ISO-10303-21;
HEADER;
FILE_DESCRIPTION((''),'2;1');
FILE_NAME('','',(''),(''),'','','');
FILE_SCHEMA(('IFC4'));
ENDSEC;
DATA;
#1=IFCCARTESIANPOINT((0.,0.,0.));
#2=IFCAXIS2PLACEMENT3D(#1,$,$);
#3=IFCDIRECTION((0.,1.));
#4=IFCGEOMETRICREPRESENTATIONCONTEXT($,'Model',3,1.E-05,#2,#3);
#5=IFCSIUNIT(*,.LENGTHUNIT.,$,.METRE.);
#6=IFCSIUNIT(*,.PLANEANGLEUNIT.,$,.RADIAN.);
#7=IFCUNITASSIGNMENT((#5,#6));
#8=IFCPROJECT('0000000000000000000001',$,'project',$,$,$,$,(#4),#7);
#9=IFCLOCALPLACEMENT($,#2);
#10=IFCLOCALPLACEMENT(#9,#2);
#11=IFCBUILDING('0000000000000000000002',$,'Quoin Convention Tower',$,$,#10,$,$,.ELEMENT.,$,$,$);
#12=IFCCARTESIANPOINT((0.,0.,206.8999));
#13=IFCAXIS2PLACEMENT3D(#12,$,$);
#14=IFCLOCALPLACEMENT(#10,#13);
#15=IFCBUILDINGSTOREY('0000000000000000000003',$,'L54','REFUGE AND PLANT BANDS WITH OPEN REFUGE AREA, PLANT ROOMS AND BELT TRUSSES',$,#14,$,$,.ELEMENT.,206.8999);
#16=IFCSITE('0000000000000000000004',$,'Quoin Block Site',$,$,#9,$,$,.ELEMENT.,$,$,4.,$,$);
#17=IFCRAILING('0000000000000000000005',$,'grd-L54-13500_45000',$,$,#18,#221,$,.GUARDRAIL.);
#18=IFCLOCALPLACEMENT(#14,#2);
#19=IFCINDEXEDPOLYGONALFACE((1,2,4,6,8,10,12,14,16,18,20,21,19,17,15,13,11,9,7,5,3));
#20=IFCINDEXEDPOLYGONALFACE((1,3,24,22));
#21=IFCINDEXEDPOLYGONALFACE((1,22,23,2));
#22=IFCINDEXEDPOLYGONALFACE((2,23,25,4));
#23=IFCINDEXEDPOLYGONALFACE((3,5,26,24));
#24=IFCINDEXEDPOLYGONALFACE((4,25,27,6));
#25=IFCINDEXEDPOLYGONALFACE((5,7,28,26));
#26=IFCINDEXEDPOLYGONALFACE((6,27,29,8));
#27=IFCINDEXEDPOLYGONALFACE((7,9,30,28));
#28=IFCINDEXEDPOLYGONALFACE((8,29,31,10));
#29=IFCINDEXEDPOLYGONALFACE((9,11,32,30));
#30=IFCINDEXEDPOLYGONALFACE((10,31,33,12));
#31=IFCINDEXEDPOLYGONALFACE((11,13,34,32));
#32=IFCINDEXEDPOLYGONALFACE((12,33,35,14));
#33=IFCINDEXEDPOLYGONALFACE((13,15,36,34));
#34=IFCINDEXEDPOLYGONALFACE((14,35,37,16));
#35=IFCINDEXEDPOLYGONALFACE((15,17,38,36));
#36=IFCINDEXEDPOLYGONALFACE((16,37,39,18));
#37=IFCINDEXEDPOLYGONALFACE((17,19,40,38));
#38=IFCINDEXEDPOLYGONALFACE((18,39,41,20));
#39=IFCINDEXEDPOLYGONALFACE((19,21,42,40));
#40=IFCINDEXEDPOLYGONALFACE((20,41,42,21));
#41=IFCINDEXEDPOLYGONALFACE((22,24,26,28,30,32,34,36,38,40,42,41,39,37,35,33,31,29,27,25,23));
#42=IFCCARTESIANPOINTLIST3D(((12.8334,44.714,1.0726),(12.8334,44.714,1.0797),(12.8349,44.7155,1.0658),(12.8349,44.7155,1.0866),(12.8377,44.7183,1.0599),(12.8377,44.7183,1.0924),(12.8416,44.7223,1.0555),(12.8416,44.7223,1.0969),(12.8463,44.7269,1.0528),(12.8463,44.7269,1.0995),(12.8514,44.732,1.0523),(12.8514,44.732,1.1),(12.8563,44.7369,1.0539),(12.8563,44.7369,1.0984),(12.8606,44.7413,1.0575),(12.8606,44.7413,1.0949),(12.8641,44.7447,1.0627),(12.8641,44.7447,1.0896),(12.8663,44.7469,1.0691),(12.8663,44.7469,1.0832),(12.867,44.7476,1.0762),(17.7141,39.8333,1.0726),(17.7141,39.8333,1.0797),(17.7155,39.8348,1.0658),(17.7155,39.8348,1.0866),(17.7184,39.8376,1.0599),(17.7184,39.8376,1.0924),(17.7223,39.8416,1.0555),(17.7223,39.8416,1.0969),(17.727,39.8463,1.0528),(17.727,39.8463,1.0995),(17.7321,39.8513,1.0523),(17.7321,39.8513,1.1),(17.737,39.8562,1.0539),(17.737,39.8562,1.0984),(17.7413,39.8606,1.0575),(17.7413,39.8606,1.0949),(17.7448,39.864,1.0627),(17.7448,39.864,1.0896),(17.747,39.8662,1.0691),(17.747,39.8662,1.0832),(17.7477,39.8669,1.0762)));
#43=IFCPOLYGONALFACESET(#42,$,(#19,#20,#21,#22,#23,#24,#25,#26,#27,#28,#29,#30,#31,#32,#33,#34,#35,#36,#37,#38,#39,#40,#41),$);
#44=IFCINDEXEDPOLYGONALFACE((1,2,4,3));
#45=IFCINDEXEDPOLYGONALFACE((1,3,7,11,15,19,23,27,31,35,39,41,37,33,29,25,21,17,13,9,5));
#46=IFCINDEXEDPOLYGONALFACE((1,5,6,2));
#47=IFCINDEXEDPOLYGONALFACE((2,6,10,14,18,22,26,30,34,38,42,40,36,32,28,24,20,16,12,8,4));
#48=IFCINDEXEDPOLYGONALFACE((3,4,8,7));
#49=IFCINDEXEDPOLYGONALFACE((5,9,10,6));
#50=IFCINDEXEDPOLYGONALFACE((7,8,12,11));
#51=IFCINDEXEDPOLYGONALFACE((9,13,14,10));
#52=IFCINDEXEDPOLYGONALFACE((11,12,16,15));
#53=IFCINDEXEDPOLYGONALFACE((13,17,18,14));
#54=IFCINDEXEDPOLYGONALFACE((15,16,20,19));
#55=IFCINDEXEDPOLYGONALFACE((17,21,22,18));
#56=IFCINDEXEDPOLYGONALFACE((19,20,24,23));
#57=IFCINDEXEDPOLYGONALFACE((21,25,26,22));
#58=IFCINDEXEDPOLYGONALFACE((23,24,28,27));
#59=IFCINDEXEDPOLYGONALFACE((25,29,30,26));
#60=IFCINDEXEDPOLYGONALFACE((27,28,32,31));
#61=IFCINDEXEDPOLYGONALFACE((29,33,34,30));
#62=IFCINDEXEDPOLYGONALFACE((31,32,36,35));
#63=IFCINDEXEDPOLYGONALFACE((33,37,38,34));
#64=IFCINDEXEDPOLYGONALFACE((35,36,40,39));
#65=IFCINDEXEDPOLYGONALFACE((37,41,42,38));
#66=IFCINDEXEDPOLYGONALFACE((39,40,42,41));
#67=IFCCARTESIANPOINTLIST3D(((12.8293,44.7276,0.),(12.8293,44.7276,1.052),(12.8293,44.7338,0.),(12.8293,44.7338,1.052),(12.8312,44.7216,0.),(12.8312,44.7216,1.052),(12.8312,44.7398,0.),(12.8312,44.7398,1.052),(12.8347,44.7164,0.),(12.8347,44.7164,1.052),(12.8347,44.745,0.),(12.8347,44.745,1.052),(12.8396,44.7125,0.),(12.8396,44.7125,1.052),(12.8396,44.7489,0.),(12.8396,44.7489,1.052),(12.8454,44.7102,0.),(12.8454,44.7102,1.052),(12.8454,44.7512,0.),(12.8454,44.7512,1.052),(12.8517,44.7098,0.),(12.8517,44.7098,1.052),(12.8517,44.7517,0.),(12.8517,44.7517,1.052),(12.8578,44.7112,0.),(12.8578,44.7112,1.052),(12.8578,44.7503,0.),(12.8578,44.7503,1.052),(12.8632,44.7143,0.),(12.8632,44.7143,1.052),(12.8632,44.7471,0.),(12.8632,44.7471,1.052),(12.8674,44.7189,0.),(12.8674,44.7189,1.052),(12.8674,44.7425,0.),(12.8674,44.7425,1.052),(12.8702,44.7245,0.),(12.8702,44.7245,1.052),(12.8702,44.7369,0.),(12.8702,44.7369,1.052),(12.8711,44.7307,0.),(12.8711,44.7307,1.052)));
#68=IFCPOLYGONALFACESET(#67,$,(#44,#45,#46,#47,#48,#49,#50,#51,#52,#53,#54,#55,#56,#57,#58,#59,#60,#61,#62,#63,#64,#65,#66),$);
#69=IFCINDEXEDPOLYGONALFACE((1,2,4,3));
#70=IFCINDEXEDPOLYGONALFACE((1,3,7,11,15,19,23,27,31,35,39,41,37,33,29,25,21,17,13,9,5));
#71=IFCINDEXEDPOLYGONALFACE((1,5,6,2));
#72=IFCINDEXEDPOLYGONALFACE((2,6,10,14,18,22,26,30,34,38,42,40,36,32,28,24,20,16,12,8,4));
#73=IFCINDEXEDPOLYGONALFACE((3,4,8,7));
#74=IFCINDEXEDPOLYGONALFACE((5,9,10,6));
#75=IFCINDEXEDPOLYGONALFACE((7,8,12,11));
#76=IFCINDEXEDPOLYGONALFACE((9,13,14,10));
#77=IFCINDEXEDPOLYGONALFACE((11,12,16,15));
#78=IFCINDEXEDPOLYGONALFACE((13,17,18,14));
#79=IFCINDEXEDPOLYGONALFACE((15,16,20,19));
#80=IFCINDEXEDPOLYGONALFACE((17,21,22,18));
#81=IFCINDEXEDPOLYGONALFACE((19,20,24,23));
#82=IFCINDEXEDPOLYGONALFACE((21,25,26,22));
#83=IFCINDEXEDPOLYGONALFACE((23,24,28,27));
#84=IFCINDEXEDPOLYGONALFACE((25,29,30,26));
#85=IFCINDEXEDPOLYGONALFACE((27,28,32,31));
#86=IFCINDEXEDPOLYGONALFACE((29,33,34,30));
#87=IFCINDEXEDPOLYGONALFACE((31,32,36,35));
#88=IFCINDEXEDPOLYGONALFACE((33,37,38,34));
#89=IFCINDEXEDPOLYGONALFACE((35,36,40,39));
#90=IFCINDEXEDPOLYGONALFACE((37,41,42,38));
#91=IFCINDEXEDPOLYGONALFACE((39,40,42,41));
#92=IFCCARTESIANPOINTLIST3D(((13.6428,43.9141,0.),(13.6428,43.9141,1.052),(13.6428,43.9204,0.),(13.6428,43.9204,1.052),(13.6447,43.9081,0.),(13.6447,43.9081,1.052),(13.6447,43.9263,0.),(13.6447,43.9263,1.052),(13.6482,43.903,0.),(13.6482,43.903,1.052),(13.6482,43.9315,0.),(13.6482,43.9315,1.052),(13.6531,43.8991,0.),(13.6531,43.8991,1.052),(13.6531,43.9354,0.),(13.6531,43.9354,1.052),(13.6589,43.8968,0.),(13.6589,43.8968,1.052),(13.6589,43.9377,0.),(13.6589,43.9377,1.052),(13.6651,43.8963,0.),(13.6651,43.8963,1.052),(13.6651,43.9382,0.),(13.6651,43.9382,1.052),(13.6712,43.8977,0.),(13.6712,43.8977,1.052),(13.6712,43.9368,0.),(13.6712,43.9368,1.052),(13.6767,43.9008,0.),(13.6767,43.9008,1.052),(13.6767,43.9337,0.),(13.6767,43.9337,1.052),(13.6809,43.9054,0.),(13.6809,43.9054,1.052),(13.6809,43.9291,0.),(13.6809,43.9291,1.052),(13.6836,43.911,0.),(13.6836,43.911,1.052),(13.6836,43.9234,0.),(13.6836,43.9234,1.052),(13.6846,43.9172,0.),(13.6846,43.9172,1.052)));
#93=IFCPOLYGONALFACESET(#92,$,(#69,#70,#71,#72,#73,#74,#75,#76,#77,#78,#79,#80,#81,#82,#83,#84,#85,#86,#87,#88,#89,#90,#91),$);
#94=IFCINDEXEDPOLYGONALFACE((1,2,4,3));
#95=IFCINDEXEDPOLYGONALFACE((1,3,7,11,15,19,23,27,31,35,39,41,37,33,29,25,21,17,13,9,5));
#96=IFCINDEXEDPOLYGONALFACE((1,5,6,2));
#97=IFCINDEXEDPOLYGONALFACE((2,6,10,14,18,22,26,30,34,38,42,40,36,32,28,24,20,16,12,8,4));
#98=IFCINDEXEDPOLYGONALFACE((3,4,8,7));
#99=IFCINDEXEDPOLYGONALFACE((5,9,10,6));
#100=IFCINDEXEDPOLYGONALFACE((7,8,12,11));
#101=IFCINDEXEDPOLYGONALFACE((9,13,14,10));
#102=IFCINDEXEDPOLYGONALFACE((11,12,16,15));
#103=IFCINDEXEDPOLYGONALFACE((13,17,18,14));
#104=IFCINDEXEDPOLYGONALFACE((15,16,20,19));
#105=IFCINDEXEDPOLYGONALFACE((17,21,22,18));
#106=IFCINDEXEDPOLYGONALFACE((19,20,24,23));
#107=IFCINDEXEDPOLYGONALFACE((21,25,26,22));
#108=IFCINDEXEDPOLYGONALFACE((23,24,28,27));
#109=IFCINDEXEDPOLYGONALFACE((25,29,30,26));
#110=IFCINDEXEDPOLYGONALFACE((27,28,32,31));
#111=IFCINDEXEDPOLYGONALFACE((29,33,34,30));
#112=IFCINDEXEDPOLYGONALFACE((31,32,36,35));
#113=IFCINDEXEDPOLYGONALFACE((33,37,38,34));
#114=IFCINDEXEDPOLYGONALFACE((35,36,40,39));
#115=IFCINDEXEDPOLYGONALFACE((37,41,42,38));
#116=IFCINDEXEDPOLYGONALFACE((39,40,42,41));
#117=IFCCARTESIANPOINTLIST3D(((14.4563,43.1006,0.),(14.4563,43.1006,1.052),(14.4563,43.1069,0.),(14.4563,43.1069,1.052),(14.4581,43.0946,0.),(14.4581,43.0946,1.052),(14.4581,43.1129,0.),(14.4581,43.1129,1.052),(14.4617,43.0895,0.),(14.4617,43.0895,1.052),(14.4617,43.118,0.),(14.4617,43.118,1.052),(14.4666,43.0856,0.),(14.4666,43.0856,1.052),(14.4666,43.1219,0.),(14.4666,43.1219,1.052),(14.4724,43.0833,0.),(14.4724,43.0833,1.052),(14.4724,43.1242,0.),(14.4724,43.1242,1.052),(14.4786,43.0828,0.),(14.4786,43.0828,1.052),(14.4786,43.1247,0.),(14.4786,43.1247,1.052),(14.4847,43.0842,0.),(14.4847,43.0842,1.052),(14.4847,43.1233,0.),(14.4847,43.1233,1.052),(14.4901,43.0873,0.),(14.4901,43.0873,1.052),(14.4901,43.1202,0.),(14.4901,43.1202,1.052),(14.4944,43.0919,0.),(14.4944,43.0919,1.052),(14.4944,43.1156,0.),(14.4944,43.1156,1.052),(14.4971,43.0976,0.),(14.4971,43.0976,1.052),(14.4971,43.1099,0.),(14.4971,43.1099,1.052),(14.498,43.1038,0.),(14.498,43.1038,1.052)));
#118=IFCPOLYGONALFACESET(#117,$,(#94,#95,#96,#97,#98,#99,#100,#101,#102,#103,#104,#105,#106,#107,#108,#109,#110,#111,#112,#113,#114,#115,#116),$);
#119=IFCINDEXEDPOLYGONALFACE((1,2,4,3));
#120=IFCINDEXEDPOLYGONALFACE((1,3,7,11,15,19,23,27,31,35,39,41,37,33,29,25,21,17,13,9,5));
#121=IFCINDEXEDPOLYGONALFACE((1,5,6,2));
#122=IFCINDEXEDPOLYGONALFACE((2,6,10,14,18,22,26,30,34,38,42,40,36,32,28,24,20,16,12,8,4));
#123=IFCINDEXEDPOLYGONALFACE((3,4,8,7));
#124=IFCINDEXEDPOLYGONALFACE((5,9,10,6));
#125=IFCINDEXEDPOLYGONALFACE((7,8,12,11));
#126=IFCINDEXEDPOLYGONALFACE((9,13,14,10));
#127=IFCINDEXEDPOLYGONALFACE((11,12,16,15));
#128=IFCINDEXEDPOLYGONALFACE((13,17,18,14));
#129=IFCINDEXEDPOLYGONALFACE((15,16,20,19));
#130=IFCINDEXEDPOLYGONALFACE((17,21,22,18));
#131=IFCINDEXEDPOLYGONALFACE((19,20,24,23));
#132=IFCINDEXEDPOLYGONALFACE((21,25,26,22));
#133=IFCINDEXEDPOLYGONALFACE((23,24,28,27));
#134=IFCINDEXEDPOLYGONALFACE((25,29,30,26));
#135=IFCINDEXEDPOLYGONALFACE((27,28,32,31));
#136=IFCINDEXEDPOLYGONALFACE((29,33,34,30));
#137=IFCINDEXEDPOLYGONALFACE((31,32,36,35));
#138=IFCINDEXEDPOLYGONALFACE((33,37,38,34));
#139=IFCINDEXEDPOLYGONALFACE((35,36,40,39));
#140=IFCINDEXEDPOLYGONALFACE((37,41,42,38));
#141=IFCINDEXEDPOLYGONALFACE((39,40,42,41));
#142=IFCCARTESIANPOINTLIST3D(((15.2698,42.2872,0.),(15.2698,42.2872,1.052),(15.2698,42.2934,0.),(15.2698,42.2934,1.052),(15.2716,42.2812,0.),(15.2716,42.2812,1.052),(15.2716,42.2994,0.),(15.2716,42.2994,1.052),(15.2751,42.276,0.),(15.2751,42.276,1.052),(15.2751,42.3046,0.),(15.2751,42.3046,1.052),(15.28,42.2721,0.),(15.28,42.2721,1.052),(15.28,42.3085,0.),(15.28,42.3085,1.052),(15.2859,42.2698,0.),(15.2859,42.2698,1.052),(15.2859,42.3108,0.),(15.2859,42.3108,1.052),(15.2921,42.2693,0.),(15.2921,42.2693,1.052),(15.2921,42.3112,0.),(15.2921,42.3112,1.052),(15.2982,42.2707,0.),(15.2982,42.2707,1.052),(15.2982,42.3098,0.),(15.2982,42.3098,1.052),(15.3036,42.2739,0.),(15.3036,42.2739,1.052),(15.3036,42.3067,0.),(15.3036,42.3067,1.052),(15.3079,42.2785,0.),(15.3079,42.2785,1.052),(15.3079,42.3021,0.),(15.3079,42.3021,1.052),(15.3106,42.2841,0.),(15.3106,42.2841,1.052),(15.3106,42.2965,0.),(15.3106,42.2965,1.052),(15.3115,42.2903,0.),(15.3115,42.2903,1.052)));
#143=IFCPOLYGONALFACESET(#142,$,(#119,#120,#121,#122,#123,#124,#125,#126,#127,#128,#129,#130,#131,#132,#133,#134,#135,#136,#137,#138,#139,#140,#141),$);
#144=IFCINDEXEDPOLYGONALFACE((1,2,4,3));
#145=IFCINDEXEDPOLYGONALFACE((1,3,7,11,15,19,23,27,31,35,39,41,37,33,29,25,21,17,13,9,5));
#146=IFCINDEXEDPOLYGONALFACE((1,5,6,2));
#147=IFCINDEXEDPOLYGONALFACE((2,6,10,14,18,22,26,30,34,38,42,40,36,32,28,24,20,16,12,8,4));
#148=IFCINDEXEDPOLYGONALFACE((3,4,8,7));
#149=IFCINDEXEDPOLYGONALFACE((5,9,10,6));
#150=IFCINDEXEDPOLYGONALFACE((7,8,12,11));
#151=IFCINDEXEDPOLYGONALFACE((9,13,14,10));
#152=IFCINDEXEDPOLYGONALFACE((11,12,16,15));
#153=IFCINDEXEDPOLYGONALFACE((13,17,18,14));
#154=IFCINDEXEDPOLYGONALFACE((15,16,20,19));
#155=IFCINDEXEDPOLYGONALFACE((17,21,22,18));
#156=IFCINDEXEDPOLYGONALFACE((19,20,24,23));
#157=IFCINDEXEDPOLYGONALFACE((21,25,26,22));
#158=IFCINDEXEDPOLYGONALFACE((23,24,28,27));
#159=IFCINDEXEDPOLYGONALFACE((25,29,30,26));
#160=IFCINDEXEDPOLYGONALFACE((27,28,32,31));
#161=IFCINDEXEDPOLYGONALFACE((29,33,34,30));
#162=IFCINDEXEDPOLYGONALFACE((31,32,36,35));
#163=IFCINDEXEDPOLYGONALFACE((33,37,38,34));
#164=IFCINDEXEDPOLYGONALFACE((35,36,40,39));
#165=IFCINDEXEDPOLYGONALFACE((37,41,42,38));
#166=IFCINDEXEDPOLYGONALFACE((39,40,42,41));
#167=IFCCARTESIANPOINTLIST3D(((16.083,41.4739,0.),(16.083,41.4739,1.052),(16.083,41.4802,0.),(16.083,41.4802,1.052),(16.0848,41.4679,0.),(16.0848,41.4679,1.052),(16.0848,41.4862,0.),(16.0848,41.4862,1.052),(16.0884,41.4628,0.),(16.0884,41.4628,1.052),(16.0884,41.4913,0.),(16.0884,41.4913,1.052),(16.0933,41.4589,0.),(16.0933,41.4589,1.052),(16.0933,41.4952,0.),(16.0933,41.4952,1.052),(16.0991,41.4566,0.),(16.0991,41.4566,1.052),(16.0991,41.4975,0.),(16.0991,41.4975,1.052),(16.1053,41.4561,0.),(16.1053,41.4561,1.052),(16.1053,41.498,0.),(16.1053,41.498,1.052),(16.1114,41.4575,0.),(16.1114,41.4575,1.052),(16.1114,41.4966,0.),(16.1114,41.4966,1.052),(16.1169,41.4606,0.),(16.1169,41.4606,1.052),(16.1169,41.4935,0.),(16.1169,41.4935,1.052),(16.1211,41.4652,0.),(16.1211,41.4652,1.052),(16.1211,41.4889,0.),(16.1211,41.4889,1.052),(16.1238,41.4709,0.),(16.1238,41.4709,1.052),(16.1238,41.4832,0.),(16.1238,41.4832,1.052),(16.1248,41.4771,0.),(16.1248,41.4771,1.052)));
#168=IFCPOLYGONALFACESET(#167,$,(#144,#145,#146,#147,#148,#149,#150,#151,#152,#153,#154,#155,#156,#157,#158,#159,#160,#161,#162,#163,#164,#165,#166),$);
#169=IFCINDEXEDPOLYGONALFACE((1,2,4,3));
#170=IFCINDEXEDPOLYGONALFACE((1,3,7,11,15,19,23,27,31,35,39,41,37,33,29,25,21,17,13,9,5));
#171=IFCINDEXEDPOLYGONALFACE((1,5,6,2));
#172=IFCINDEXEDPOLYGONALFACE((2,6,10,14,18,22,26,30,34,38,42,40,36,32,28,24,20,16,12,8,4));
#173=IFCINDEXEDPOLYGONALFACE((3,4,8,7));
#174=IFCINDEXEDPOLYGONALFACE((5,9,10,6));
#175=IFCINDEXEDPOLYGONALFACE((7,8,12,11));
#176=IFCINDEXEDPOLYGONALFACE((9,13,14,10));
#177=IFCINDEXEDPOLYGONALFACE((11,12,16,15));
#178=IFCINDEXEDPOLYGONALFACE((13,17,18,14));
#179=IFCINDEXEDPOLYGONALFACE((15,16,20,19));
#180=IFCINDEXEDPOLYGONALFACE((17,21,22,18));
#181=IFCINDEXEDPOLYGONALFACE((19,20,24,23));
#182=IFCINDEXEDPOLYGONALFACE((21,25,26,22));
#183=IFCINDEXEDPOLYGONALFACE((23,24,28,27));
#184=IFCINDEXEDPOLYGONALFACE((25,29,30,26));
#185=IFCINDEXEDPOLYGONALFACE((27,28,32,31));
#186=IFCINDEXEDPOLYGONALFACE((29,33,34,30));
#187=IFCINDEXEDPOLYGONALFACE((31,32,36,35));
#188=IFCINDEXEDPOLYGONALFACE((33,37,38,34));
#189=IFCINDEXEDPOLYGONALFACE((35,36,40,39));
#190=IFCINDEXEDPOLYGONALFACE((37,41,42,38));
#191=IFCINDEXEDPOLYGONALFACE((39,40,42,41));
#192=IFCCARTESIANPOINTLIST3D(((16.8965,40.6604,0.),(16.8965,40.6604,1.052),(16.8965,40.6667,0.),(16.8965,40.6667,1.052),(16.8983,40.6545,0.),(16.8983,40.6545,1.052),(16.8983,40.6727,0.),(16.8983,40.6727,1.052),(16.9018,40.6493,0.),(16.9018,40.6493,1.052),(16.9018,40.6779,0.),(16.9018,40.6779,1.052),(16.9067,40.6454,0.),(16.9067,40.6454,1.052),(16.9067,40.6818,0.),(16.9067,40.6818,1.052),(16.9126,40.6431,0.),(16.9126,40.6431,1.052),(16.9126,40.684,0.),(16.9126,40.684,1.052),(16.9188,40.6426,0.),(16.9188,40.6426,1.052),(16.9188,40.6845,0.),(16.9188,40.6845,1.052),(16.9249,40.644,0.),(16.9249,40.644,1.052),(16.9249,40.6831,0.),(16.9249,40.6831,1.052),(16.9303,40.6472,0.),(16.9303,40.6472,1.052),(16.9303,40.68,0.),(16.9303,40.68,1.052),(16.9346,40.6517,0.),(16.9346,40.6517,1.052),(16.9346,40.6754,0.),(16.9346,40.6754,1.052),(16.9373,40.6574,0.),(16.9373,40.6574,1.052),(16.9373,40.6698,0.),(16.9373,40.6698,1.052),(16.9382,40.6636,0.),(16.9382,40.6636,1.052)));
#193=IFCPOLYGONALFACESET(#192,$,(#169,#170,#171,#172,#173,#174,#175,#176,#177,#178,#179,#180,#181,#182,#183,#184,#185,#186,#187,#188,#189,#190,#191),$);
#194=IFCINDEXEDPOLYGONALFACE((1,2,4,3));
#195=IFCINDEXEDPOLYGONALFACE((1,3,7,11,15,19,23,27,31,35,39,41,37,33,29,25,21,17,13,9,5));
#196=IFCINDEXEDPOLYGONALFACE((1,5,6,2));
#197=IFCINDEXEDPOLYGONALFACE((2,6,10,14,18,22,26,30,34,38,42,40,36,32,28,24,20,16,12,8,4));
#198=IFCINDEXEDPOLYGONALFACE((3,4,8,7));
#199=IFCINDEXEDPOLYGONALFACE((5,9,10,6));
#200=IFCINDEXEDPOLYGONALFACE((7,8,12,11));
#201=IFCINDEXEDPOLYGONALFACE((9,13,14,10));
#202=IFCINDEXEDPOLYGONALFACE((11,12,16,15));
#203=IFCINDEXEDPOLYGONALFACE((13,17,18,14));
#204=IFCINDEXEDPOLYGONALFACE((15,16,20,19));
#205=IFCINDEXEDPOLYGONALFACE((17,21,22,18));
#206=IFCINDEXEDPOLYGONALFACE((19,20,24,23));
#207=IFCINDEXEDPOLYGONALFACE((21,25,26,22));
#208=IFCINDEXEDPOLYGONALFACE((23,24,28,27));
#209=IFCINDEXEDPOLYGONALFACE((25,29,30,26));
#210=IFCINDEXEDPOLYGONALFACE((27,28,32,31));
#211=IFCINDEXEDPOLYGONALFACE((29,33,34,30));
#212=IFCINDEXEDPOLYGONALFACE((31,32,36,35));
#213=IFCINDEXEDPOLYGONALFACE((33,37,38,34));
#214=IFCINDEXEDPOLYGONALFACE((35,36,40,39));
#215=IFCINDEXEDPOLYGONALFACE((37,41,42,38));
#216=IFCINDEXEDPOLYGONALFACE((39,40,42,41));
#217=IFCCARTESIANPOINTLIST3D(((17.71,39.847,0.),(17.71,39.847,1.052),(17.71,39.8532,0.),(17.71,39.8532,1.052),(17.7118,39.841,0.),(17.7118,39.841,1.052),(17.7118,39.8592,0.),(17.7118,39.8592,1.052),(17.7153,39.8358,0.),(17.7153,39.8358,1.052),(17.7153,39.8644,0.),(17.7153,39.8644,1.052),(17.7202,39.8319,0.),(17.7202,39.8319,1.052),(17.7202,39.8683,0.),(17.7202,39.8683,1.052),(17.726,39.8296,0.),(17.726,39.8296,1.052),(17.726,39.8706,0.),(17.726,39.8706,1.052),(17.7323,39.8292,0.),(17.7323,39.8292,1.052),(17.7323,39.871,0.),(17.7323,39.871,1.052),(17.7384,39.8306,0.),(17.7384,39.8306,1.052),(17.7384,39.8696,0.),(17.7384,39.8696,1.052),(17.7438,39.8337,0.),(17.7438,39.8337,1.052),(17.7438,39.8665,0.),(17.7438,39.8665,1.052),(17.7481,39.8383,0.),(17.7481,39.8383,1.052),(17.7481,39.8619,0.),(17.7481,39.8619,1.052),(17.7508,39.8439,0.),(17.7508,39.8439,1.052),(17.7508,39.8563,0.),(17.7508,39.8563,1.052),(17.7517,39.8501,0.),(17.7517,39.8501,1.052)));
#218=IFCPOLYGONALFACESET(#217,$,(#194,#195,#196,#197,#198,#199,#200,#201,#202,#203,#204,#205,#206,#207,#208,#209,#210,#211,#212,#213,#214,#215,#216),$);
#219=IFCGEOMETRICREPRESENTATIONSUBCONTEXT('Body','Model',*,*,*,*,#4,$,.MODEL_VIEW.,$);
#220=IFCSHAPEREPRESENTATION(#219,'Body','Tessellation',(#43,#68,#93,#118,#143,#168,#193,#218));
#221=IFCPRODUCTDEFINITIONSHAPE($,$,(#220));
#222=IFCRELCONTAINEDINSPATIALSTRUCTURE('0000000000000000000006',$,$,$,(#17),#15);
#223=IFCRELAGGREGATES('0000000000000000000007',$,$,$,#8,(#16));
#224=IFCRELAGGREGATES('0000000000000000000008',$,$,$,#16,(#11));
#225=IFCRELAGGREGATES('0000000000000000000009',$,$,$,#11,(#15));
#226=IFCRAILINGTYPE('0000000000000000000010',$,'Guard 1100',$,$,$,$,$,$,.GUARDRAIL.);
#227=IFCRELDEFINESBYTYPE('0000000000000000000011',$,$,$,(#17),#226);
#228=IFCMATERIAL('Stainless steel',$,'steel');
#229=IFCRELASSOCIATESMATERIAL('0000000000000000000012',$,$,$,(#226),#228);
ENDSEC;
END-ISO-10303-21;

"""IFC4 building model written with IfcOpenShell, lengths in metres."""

from ifc_helpers import new_model, si_unit, direction, frame, origin, origin_2d, place, context, subcontext, project, spatial, circle, extrude, material, type_object, element, save


model = new_model("IFC4")

# Units and contexts
model_context = context("Model", 3, precision=1e-05, world=origin(), true_north=direction((0.0, 1.0)))
body_context = subcontext(model_context, "Body", "Model", "MODEL_VIEW")
ifc_project = project(units=[si_unit("LENGTHUNIT", "METRE"), si_unit("PLANEANGLEUNIT", "RADIAN")], contexts=[model_context])

# Site, building, storey
site_placement = place(None, origin())
site = spatial("IfcSite", under=ifc_project, at=site_placement, Name="Quoin Block Site", CompositionType="ELEMENT", RefElevation=4.0)
building_placement = place(site_placement, origin())
building = spatial("IfcBuilding", under=site, at=building_placement, Name="Quoin Convention Tower", CompositionType="ELEMENT")
storey_placement = place(building_placement, frame((0.0, 0.0, 206.8999)))
storey = spatial("IfcBuildingStorey", under=building, at=storey_placement, Name="L54", Description="REFUGE AND PLANT BANDS WITH OPEN REFUGE AREA, PLANT ROOMS AND BELT TRUSSES", CompositionType="ELEMENT", Elevation=206.8999)

# Railing
ifc_material_1 = material(Name="Stainless steel", Category="steel")
railing_type = type_object("IfcRailingType", Name="Guard 1100", PredefinedType="GUARDRAIL", material=ifc_material_1)
railing_placement = place(storey_placement, frame((12.8501, 44.7307, 0.0)))
element("IfcRailing", 1, at=railing_placement, inside=storey, type_object=railing_type, Name="grd-L54-13500_45000", PredefinedType="GUARDRAIL", context=body_context, shape_type="SweptSolid", body=[
    extrude(circle(Radius=0.0239, at=origin_2d()), frame((0.0, 0.0, 1.0762), z_axis=(0.707107, -0.707107, 0.0), x_axis=(0.707107, 0.707107, 0.0)), (0.0, 0.0, 1.0), 6.9023),
    extrude(circle(Radius=0.021, at=origin_2d()), origin(), (0.0, 0.0, 1.0), 1.052),
    extrude(circle(Radius=0.021, at=origin_2d()), frame((0.8135, -0.8135, 0.0)), (0.0, 0.0, 1.0), 1.052),
    extrude(circle(Radius=0.021, at=origin_2d()), frame((1.627, -1.627, 0.0)), (0.0, 0.0, 1.0), 1.052),
    extrude(circle(Radius=0.021, at=origin_2d()), frame((2.4404, -2.4404, 0.0)), (0.0, 0.0, 1.0), 1.052),
    extrude(circle(Radius=0.021, at=origin_2d()), frame((3.2537, -3.2537, 0.0)), (0.0, 0.0, 1.0), 1.052),
    extrude(circle(Radius=0.021, at=origin_2d()), frame((4.0671, -4.0671, 0.0)), (0.0, 0.0, 1.0), 1.052),
    extrude(circle(Radius=0.021, at=origin_2d()), frame((4.8806, -4.8806, 0.0)), (0.0, 0.0, 1.0), 1.052),
])

save(model, "model.ifc")
